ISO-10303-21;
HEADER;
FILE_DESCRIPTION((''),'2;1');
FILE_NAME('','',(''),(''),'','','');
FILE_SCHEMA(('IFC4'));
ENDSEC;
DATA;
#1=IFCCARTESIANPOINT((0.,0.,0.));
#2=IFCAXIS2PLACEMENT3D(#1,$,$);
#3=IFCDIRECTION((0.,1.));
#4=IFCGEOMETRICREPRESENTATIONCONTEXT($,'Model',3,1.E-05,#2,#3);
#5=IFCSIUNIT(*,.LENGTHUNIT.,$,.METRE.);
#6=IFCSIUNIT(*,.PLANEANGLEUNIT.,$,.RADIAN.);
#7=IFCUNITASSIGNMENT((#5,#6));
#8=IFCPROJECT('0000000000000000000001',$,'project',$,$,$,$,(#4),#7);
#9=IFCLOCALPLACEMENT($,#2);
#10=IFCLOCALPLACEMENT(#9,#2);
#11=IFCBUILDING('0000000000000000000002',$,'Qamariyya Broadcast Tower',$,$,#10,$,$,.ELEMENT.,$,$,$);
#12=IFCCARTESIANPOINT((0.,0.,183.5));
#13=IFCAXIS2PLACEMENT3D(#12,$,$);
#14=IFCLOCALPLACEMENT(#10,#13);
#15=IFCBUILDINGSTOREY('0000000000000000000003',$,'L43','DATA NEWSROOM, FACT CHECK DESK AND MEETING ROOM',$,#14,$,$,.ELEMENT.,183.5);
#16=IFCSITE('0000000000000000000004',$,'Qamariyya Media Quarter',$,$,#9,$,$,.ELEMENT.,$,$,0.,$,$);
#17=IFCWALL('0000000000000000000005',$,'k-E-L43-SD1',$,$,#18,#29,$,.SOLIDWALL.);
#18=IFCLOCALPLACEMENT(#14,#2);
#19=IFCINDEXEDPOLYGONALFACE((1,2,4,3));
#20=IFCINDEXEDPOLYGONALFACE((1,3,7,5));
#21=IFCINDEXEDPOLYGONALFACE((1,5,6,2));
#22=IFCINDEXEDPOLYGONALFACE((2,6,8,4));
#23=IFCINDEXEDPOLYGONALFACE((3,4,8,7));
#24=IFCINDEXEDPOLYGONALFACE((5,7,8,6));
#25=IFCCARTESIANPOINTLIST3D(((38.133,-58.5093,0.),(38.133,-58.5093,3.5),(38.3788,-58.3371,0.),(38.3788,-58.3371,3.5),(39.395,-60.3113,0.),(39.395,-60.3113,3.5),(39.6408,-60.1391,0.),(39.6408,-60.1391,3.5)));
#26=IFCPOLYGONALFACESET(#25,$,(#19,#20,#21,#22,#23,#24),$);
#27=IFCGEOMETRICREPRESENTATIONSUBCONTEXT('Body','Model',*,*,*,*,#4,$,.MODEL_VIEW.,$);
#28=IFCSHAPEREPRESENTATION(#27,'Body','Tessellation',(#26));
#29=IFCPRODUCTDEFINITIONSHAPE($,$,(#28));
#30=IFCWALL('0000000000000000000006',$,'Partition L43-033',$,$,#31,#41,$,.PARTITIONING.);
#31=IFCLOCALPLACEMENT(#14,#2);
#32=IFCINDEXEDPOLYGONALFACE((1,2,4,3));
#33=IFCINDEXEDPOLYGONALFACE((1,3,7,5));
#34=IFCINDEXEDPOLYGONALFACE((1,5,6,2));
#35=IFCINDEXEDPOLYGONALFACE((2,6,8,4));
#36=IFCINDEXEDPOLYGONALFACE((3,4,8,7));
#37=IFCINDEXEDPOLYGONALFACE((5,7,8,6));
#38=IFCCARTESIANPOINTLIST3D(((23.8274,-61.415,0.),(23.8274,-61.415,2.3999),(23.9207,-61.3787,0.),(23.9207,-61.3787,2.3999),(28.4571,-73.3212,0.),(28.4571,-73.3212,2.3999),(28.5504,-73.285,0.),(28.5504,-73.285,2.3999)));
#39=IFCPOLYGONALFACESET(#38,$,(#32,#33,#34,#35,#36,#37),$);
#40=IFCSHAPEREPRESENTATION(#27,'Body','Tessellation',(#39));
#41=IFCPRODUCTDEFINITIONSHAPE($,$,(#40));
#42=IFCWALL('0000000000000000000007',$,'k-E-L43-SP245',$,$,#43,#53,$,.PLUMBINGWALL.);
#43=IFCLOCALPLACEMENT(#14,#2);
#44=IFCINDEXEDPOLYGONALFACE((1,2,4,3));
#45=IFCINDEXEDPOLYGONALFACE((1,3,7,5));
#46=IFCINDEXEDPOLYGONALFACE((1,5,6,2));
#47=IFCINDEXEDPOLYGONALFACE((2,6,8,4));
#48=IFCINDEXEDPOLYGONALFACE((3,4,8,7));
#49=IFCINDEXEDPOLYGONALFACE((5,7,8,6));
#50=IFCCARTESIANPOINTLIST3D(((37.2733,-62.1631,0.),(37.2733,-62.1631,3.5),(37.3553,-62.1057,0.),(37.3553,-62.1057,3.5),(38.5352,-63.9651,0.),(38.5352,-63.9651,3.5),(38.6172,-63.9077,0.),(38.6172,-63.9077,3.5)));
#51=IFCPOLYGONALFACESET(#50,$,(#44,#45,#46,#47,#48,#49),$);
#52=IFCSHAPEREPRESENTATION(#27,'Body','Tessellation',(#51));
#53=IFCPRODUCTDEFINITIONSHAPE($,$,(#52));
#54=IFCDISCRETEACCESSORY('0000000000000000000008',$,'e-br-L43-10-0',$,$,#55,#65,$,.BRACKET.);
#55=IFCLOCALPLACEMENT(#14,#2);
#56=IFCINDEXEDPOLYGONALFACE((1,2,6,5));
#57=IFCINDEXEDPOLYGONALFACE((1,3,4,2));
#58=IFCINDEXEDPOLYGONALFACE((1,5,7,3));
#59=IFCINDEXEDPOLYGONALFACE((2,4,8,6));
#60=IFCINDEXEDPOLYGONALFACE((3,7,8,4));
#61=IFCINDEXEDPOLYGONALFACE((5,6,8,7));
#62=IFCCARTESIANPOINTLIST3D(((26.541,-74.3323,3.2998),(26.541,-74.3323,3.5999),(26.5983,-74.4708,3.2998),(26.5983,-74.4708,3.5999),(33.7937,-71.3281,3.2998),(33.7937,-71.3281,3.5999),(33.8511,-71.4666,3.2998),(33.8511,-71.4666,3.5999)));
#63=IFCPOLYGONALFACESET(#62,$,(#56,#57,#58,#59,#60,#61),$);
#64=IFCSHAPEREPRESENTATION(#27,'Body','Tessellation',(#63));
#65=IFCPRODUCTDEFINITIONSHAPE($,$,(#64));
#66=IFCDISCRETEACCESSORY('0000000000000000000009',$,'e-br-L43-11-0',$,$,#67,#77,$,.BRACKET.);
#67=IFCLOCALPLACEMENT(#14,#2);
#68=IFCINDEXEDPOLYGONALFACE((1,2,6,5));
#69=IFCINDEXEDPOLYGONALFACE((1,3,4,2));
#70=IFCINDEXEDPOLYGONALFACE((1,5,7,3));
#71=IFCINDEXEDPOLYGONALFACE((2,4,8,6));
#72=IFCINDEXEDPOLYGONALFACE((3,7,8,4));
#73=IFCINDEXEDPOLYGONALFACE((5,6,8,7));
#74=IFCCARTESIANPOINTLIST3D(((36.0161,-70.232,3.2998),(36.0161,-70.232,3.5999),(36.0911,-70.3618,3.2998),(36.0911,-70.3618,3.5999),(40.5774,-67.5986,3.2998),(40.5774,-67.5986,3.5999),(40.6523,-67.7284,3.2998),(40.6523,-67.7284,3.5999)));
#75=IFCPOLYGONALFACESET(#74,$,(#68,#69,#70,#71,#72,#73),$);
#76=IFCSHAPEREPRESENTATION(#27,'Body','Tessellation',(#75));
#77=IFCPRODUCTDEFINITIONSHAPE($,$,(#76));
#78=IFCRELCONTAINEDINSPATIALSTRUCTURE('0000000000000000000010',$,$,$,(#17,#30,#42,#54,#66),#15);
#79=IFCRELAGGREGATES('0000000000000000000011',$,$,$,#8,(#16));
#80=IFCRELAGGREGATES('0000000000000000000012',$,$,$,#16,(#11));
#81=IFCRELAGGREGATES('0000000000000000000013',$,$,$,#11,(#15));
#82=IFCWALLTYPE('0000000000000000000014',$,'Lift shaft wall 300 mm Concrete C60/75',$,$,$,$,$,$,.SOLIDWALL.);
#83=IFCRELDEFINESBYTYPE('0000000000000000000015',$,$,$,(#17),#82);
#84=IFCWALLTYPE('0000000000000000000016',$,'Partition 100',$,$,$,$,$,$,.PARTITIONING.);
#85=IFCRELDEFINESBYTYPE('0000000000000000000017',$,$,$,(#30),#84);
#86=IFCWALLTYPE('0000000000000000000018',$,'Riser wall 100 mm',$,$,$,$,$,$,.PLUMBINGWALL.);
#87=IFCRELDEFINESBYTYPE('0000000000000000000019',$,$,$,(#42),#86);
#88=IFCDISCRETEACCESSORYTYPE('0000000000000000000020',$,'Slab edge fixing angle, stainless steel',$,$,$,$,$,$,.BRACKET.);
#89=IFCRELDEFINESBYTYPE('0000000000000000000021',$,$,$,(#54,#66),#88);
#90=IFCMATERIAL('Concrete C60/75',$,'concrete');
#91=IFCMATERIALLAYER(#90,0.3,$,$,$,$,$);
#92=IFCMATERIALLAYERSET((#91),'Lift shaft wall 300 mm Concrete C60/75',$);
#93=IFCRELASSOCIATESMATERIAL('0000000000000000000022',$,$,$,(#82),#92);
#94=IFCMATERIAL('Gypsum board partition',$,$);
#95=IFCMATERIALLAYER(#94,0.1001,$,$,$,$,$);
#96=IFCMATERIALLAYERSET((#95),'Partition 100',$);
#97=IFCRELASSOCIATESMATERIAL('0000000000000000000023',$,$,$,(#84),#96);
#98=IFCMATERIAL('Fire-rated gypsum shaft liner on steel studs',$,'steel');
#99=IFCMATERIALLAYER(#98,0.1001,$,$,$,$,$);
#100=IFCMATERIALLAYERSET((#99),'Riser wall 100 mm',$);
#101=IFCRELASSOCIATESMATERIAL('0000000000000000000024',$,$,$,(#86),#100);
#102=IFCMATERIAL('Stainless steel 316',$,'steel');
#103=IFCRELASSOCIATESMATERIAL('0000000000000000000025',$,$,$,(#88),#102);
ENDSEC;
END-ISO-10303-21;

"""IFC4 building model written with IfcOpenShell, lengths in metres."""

from ifc_helpers import new_model, si_unit, direction, frame, frame_2d, origin, origin_2d, place, context, subcontext, project, spatial, rectangle, extrude, material, layer, layer_set, type_object, element, save


model = new_model("IFC4")

# Units and contexts
model_context = context("Model", 3, precision=1e-05, world=origin(), true_north=direction((0.0, 1.0)))
body_context = subcontext(model_context, "Body", "Model", "MODEL_VIEW")
ifc_project = project(units=[si_unit("LENGTHUNIT", "METRE"), si_unit("PLANEANGLEUNIT", "RADIAN")], contexts=[model_context])

# Site, building, storey
site_placement = place(None, origin())
site = spatial("IfcSite", under=ifc_project, at=site_placement, Name="Qamariyya Media Quarter", CompositionType="ELEMENT", RefElevation=0.0)
building_placement = place(site_placement, origin())
building = spatial("IfcBuilding", under=site, at=building_placement, Name="Qamariyya Broadcast Tower", CompositionType="ELEMENT")
storey_placement = place(building_placement, frame((0.0, 0.0, 183.5)))
storey = spatial("IfcBuildingStorey", under=building, at=storey_placement, Name="L43", Description="DATA NEWSROOM, FACT CHECK DESK AND MEETING ROOM", CompositionType="ELEMENT", Elevation=183.5)

# Shared definitions
ifc_material_1 = material(Name="Concrete C60/75", Category="concrete")

# Shared definitions
ifc_material_2 = material(Name="Gypsum board partition")

# Shared definitions
ifc_layer_1 = layer(ifc_material_1, 0.3)
ifc_layer_set_1 = layer_set([ifc_layer_1], Name="Lift shaft wall 300 mm Concrete C60/75")
wall_type_1 = type_object("IfcWallType", Name="Lift shaft wall 300 mm Concrete C60/75", PredefinedType="SOLIDWALL", material=ifc_layer_set_1)

# Walls
wall_1_placement = place(storey_placement, frame((38.2559, -58.4231, 0.0), z_axis=(0.0, 0.0, 1.0), x_axis=(0.573634, -0.819112, 0.0)))
element("IfcWall", 1, at=wall_1_placement, inside=storey, type_object=wall_type_1, Name="k-E-L43-SD1", PredefinedType="SOLIDWALL", context=body_context, shape_type="SweptSolid", body=[
    extrude(rectangle(XDim=2.2, YDim=0.3, at=frame_2d((1.1001, 0.0))), origin(), (0.0, 0.0, 1.0), 3.5),
])
ifc_layer_2 = layer(ifc_material_2, 0.1001)
ifc_layer_set_2 = layer_set([ifc_layer_2], Name="Partition 100")
wall_type_2 = type_object("IfcWallType", Name="Partition 100", PredefinedType="PARTITIONING", material=ifc_layer_set_2)
wall_2_placement = place(storey_placement, frame((28.5037, -73.303, 0.0), z_axis=(0.0, 0.0, 1.0), x_axis=(-0.362408, 0.93202, 0.0)))
element("IfcWall", 2, at=wall_2_placement, inside=storey, type_object=wall_type_2, Name="Partition L43-033", PredefinedType="PARTITIONING", context=body_context, shape_type="SweptSolid", body=[
    extrude(rectangle(XDim=12.7747, YDim=0.1001, at=frame_2d((6.3872, 0.0))), origin(), (0.0, 0.0, 1.0), 2.3999),
])
ifc_material_3 = material(Name="Fire-rated gypsum shaft liner on steel studs", Category="steel")
ifc_layer_3 = layer(ifc_material_3, 0.1001)
ifc_layer_set_3 = layer_set([ifc_layer_3], Name="Riser wall 100 mm")
wall_type_3 = type_object("IfcWallType", Name="Riser wall 100 mm", PredefinedType="PLUMBINGWALL", material=ifc_layer_set_3)
wall_3_placement = place(storey_placement, frame((37.3142, -62.1343, 0.0), z_axis=(0.0, 0.0, 1.0), x_axis=(0.573634, -0.819112, 0.0)))
element("IfcWall", 3, at=wall_3_placement, inside=storey, type_object=wall_type_3, Name="k-E-L43-SP245", PredefinedType="PLUMBINGWALL", context=body_context, shape_type="SweptSolid", body=[
    extrude(rectangle(XDim=2.2, YDim=0.1001, at=frame_2d((1.1001, 0.0))), origin(), (0.0, 0.0, 1.0), 3.5),
])

# Discrete accessories
ifc_material_4 = material(Name="Stainless steel 316", Category="steel")
discrete_accessory_type = type_object("IfcDiscreteAccessoryType", Name="Slab edge fixing angle, stainless steel", PredefinedType="BRACKET", material=ifc_material_4)
discrete_accessory_1_placement = place(storey_placement, frame((30.196, -72.8994, 3.2998), z_axis=(0.0, 0.0, 1.0), x_axis=(0.92388, 0.382683, 0.0)))
element("IfcDiscreteAccessory", 4, at=discrete_accessory_1_placement, inside=storey, type_object=discrete_accessory_type, Name="e-br-L43-10-0", PredefinedType="BRACKET", context=body_context, shape_type="SweptSolid", body=[
    extrude(rectangle(XDim=7.8503, YDim=0.1499, at=origin_2d()), origin(), (0.0, 0.0, 1.0), 0.3),
])
discrete_accessory_2_placement = place(storey_placement, frame((38.3342, -68.9802, 3.2998), z_axis=(0.0, 0.0, 1.0), x_axis=(0.866025, 0.5, 0.0)))
element("IfcDiscreteAccessory", 5, at=discrete_accessory_2_placement, inside=storey, type_object=discrete_accessory_type, Name="e-br-L43-11-0", PredefinedType="BRACKET", context=body_context, shape_type="SweptSolid", body=[
    extrude(rectangle(XDim=5.2668, YDim=0.1499, at=origin_2d()), origin(), (0.0, 0.0, 1.0), 0.3),
])

save(model, "model.ifc")
